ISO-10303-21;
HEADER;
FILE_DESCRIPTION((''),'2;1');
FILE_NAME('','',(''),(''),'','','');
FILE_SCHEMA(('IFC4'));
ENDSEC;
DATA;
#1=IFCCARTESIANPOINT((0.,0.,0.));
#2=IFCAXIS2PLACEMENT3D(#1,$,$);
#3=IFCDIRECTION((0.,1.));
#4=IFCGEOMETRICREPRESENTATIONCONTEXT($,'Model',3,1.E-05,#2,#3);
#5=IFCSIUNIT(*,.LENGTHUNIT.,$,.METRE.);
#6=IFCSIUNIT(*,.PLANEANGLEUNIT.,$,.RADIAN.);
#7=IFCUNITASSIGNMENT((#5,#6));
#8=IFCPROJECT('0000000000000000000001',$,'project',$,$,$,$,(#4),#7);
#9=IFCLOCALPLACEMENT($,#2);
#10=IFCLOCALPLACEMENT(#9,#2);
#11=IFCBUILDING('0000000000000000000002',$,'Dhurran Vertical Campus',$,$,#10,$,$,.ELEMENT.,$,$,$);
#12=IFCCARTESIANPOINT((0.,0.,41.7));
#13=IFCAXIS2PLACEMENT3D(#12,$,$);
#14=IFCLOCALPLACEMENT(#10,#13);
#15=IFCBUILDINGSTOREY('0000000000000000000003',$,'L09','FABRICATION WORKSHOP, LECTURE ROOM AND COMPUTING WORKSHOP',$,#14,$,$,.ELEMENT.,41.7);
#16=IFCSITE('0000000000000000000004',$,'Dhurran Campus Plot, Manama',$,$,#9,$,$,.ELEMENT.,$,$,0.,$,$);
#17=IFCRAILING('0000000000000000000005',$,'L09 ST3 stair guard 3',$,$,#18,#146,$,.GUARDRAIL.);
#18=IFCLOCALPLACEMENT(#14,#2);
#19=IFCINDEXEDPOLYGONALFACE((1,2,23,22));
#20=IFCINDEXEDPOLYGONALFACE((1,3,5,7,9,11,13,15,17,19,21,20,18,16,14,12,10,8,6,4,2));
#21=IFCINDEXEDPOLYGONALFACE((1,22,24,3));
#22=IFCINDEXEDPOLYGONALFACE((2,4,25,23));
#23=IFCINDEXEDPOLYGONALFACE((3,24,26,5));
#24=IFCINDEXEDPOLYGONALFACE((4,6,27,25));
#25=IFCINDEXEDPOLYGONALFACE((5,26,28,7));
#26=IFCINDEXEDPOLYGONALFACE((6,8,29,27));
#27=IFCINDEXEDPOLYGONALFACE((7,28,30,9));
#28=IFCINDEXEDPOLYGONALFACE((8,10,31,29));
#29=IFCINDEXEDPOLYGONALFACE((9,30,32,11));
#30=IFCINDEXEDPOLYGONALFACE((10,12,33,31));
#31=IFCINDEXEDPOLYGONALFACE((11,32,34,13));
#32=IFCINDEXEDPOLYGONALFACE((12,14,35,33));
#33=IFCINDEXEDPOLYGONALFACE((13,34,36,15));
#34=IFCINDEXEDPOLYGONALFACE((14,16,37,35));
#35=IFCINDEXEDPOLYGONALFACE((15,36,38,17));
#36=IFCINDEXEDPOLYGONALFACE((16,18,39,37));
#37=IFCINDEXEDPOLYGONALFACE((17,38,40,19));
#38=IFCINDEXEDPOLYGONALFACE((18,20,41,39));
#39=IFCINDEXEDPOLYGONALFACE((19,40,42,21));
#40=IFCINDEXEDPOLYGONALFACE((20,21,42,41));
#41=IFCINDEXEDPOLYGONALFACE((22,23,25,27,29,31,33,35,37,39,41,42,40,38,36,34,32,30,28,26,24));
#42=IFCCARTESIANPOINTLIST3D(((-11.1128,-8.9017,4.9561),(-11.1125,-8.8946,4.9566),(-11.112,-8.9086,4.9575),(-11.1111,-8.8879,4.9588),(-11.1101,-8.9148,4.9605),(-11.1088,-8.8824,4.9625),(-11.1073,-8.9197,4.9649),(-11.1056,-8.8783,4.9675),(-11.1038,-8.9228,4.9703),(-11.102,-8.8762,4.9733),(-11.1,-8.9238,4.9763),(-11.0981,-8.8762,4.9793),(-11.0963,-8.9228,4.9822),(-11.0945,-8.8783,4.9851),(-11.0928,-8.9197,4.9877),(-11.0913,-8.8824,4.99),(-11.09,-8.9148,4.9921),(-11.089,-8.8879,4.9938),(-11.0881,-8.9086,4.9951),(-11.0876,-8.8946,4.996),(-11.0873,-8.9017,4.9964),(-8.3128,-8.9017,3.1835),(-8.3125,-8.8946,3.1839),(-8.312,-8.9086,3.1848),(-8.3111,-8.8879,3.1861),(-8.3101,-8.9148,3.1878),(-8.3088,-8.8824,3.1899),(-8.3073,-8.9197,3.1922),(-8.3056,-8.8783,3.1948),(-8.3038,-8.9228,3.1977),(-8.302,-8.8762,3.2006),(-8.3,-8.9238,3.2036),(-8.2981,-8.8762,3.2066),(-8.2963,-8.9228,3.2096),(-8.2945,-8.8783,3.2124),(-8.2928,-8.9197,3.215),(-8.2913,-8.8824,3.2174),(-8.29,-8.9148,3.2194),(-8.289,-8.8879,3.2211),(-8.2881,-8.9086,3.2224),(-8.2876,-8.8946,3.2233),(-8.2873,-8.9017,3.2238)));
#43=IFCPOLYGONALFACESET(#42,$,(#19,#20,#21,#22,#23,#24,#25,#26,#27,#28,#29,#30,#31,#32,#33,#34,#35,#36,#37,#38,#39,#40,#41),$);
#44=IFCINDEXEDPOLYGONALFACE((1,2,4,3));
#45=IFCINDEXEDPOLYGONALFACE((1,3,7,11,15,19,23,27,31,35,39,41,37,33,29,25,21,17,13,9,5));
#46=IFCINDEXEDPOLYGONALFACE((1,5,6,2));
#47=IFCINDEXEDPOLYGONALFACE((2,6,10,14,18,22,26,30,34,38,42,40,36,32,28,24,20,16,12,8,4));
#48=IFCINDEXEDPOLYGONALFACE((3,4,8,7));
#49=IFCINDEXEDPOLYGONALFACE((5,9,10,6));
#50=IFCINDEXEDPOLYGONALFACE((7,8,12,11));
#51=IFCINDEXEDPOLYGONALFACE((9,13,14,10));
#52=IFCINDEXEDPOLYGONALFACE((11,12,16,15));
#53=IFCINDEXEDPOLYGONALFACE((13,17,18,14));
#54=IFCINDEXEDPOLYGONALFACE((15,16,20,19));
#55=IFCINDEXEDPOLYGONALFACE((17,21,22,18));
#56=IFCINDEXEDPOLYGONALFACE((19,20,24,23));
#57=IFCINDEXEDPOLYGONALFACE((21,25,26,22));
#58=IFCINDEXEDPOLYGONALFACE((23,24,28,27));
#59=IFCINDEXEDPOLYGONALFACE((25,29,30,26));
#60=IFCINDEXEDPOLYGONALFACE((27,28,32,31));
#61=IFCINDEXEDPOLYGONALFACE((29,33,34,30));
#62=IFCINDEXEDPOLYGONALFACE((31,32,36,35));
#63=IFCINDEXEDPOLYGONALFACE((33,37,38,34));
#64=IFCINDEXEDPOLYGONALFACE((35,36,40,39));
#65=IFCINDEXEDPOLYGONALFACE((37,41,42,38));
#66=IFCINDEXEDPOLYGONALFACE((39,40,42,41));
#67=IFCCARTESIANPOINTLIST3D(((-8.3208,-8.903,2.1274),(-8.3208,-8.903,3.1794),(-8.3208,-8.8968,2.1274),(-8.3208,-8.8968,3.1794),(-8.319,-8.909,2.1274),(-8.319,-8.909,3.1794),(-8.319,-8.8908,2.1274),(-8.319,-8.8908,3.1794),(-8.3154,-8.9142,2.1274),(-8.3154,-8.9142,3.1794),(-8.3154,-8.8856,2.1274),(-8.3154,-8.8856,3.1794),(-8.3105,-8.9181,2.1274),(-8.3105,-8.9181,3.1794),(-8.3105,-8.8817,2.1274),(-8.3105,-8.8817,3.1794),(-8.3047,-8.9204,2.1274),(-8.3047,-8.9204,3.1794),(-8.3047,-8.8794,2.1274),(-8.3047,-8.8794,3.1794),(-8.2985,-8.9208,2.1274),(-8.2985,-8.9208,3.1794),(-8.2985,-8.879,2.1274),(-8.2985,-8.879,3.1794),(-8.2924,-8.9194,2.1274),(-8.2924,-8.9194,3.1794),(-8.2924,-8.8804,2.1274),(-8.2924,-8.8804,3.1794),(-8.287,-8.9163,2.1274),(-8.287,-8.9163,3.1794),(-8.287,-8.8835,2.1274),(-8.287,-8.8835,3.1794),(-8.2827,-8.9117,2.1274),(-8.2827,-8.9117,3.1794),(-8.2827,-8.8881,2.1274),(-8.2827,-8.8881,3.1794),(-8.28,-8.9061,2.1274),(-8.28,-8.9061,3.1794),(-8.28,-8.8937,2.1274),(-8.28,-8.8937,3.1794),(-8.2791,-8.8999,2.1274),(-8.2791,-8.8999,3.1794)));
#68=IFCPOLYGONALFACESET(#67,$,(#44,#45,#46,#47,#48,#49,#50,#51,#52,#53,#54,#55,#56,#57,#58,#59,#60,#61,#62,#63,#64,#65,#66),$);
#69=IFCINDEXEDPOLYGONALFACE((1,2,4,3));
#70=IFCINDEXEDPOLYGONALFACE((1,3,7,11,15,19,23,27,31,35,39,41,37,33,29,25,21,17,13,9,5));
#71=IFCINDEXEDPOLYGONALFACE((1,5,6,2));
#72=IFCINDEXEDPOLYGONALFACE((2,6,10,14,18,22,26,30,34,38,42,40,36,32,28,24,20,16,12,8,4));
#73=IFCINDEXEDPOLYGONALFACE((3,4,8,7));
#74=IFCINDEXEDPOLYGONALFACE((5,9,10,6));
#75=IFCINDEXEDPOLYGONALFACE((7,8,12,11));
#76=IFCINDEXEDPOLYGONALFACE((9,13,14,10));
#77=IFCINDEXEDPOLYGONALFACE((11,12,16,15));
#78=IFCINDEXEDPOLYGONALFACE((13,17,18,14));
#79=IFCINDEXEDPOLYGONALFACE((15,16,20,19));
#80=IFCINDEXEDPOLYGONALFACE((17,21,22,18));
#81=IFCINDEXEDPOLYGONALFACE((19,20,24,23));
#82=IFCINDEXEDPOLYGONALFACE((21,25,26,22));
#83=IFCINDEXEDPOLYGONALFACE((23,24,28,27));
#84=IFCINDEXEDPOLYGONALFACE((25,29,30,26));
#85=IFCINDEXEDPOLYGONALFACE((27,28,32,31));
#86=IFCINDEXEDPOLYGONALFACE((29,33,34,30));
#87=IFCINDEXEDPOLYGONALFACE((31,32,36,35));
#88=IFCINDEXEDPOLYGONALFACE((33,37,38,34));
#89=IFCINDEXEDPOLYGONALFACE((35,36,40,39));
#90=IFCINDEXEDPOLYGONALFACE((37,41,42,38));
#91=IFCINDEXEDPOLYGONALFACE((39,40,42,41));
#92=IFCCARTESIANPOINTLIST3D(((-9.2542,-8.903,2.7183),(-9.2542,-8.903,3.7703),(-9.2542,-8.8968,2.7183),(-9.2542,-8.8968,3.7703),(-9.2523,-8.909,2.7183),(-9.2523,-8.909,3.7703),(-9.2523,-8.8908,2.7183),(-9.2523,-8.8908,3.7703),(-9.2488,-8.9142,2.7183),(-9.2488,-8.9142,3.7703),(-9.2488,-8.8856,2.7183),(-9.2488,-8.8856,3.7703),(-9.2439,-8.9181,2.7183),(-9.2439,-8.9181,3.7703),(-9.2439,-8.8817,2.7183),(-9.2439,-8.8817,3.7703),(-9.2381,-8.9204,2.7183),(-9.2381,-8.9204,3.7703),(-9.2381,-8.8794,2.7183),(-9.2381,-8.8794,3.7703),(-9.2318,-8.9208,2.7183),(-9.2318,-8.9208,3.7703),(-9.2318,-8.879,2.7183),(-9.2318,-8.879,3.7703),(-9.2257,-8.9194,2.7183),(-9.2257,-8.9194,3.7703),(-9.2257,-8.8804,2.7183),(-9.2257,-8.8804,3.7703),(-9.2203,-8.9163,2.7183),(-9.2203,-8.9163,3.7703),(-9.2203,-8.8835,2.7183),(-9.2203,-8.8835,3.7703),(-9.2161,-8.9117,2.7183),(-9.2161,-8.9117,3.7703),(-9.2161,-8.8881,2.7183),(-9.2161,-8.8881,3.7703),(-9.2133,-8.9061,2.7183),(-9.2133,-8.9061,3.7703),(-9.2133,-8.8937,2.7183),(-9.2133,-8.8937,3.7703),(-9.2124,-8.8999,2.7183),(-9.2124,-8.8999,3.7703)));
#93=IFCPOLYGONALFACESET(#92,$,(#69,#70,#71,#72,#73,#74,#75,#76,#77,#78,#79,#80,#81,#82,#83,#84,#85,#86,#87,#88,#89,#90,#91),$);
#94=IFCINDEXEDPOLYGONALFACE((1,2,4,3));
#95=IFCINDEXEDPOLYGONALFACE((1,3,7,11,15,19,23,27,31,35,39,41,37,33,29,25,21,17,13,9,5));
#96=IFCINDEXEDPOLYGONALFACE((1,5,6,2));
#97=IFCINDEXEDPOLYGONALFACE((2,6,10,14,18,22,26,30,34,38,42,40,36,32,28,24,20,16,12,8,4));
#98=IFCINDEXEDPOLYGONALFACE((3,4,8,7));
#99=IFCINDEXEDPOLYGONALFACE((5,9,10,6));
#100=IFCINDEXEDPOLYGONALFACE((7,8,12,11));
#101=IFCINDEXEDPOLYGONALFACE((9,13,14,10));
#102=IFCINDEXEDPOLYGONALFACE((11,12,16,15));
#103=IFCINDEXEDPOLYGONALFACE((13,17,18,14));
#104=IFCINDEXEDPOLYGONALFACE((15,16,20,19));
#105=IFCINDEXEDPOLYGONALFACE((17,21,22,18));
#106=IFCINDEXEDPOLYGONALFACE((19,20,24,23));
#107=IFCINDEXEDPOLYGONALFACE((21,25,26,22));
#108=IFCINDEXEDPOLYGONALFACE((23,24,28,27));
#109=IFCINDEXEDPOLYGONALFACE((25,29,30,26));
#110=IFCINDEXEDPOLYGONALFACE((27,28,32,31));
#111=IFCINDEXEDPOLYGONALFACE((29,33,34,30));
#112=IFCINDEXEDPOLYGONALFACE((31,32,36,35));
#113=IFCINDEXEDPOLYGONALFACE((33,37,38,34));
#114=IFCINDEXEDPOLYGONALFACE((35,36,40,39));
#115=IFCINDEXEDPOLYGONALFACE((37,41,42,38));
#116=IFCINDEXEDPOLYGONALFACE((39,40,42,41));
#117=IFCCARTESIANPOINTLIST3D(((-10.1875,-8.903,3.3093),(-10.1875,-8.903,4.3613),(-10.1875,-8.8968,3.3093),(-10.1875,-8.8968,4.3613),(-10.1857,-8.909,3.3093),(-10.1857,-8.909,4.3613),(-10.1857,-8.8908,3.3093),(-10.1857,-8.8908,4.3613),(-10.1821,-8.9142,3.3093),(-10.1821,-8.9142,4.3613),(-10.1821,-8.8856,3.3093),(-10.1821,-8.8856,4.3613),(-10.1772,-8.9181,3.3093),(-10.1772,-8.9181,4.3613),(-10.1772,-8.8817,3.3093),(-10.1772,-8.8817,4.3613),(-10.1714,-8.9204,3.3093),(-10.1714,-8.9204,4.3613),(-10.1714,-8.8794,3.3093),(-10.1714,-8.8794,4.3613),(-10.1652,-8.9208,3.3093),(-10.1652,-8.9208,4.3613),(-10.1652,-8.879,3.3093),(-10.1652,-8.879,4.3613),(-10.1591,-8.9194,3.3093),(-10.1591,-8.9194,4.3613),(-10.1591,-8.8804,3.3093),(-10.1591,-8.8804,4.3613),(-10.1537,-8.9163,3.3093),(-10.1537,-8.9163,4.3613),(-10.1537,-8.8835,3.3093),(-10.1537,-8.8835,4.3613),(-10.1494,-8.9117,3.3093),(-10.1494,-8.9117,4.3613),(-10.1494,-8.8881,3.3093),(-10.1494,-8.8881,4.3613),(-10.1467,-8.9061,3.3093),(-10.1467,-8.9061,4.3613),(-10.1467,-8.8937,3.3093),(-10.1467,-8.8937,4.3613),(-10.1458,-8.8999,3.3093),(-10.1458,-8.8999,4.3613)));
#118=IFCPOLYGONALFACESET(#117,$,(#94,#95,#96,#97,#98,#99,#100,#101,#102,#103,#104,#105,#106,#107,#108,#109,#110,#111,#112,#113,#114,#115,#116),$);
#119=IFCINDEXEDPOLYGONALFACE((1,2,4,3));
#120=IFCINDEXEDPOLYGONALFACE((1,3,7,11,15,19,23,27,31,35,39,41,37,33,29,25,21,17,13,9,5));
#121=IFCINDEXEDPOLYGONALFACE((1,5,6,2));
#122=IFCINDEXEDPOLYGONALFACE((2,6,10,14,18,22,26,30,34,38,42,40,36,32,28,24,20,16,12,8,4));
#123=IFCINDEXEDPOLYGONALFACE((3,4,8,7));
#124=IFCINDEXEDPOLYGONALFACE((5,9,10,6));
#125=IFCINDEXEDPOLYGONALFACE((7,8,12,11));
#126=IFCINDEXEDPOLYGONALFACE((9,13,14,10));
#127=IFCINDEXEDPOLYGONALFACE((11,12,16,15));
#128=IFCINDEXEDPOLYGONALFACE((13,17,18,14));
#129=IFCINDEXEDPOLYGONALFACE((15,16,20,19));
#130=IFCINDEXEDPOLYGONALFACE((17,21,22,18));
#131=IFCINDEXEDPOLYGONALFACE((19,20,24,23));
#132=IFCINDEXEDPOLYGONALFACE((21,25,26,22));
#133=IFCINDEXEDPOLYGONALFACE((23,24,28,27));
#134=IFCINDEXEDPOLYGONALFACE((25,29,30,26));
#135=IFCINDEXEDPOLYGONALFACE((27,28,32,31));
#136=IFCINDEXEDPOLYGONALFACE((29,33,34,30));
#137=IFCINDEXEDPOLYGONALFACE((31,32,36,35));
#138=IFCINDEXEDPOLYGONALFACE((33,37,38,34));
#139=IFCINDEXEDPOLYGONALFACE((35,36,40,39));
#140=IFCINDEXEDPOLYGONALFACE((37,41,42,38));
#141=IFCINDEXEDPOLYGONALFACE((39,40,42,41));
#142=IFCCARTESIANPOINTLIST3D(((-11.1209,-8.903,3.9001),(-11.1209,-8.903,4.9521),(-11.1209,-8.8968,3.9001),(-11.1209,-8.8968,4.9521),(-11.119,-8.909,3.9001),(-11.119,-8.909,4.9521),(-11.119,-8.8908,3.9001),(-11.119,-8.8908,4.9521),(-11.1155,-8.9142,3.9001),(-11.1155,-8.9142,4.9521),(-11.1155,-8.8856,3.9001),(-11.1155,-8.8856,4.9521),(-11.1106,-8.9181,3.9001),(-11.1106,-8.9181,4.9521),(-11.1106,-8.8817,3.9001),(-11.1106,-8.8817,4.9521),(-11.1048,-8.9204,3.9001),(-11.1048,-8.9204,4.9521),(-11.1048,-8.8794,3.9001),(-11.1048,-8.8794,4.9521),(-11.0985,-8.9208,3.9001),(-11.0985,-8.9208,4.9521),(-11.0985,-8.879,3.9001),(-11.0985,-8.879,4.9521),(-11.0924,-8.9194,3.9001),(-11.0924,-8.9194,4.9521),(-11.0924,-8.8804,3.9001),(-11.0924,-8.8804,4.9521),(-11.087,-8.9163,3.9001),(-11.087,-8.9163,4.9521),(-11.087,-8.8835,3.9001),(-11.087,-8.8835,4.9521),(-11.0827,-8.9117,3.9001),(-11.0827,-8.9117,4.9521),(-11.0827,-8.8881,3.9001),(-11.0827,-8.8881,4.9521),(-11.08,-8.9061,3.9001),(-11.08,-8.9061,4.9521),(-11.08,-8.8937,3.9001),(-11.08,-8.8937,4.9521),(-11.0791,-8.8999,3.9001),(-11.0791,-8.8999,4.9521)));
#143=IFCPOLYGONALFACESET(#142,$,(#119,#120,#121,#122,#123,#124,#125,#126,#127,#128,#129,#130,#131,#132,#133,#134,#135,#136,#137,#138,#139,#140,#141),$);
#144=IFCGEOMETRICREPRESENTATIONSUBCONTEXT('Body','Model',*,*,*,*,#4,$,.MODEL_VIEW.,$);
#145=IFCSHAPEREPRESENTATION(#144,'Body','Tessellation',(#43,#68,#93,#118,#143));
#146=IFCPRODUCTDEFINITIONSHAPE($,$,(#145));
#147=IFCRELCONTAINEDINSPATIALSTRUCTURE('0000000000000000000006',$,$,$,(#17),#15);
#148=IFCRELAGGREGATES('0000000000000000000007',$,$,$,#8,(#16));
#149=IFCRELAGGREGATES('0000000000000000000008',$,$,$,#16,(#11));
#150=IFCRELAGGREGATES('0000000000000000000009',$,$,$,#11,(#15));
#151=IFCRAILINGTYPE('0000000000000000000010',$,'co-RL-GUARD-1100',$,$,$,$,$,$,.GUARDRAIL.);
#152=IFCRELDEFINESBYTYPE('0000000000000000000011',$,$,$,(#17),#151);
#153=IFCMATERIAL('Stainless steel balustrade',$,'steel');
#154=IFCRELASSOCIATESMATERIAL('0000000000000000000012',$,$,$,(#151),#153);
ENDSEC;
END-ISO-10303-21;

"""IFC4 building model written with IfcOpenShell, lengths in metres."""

from ifc_helpers import new_model, si_unit, direction, frame, origin, origin_2d, place, context, subcontext, project, spatial, circle, extrude, material, type_object, element, save


model = new_model("IFC4")

# Units and contexts
model_context = context("Model", 3, precision=1e-05, world=origin(), true_north=direction((0.0, 1.0)))
body_context = subcontext(model_context, "Body", "Model", "MODEL_VIEW")
ifc_project = project(units=[si_unit("LENGTHUNIT", "METRE"), si_unit("PLANEANGLEUNIT", "RADIAN")], contexts=[model_context])

# Site, building, storey
site_placement = place(None, origin())
site = spatial("IfcSite", under=ifc_project, at=site_placement, Name="Dhurran Campus Plot, Manama", CompositionType="ELEMENT", RefElevation=0.0)
building_placement = place(site_placement, origin())
building = spatial("IfcBuilding", under=site, at=building_placement, Name="Dhurran Vertical Campus", CompositionType="ELEMENT")
storey_placement = place(building_placement, frame((0.0, 0.0, 41.7)))
storey = spatial("IfcBuildingStorey", under=building, at=storey_placement, Name="L09", Description="FABRICATION WORKSHOP, LECTURE ROOM AND COMPUTING WORKSHOP", CompositionType="ELEMENT", Elevation=41.7)

# Railing
ifc_material_1 = material(Name="Stainless steel balustrade", Category="steel")
railing_type_1 = type_object("IfcRailingType", Name="co-RL-GUARD-1100", PredefinedType="GUARDRAIL", material=ifc_material_1)
railing_1_placement = place(storey_placement, frame((-8.3, -8.8999, 2.1274)))
element("IfcRailing", 1, at=railing_1_placement, inside=storey, type_object=railing_type_1, Name="L09 ST3 stair guard 3", PredefinedType="GUARDRAIL", context=body_context, shape_type="SweptSolid", body=[
    extrude(circle(Radius=0.0239, at=origin_2d()), frame((0.0, 0.0, 1.0762), z_axis=(-0.844909, 0.0, 0.53491), x_axis=(0.0, -1.0, 0.0)), (0.0, 0.0, 1.0), 3.314),
    extrude(circle(Radius=0.021, at=origin_2d()), origin(), (0.0, 0.0, 1.0), 1.052),
    extrude(circle(Radius=0.021, at=origin_2d()), frame((-0.9333, 0.0, 0.5908)), (0.0, 0.0, 1.0), 1.052),
    extrude(circle(Radius=0.021, at=origin_2d()), frame((-1.8667, 0.0, 1.1819)), (0.0, 0.0, 1.0), 1.052),
    extrude(circle(Radius=0.021, at=origin_2d()), frame((-2.8, 0.0, 1.7727)), (0.0, 0.0, 1.0), 1.052),
])

save(model, "model.ifc")
